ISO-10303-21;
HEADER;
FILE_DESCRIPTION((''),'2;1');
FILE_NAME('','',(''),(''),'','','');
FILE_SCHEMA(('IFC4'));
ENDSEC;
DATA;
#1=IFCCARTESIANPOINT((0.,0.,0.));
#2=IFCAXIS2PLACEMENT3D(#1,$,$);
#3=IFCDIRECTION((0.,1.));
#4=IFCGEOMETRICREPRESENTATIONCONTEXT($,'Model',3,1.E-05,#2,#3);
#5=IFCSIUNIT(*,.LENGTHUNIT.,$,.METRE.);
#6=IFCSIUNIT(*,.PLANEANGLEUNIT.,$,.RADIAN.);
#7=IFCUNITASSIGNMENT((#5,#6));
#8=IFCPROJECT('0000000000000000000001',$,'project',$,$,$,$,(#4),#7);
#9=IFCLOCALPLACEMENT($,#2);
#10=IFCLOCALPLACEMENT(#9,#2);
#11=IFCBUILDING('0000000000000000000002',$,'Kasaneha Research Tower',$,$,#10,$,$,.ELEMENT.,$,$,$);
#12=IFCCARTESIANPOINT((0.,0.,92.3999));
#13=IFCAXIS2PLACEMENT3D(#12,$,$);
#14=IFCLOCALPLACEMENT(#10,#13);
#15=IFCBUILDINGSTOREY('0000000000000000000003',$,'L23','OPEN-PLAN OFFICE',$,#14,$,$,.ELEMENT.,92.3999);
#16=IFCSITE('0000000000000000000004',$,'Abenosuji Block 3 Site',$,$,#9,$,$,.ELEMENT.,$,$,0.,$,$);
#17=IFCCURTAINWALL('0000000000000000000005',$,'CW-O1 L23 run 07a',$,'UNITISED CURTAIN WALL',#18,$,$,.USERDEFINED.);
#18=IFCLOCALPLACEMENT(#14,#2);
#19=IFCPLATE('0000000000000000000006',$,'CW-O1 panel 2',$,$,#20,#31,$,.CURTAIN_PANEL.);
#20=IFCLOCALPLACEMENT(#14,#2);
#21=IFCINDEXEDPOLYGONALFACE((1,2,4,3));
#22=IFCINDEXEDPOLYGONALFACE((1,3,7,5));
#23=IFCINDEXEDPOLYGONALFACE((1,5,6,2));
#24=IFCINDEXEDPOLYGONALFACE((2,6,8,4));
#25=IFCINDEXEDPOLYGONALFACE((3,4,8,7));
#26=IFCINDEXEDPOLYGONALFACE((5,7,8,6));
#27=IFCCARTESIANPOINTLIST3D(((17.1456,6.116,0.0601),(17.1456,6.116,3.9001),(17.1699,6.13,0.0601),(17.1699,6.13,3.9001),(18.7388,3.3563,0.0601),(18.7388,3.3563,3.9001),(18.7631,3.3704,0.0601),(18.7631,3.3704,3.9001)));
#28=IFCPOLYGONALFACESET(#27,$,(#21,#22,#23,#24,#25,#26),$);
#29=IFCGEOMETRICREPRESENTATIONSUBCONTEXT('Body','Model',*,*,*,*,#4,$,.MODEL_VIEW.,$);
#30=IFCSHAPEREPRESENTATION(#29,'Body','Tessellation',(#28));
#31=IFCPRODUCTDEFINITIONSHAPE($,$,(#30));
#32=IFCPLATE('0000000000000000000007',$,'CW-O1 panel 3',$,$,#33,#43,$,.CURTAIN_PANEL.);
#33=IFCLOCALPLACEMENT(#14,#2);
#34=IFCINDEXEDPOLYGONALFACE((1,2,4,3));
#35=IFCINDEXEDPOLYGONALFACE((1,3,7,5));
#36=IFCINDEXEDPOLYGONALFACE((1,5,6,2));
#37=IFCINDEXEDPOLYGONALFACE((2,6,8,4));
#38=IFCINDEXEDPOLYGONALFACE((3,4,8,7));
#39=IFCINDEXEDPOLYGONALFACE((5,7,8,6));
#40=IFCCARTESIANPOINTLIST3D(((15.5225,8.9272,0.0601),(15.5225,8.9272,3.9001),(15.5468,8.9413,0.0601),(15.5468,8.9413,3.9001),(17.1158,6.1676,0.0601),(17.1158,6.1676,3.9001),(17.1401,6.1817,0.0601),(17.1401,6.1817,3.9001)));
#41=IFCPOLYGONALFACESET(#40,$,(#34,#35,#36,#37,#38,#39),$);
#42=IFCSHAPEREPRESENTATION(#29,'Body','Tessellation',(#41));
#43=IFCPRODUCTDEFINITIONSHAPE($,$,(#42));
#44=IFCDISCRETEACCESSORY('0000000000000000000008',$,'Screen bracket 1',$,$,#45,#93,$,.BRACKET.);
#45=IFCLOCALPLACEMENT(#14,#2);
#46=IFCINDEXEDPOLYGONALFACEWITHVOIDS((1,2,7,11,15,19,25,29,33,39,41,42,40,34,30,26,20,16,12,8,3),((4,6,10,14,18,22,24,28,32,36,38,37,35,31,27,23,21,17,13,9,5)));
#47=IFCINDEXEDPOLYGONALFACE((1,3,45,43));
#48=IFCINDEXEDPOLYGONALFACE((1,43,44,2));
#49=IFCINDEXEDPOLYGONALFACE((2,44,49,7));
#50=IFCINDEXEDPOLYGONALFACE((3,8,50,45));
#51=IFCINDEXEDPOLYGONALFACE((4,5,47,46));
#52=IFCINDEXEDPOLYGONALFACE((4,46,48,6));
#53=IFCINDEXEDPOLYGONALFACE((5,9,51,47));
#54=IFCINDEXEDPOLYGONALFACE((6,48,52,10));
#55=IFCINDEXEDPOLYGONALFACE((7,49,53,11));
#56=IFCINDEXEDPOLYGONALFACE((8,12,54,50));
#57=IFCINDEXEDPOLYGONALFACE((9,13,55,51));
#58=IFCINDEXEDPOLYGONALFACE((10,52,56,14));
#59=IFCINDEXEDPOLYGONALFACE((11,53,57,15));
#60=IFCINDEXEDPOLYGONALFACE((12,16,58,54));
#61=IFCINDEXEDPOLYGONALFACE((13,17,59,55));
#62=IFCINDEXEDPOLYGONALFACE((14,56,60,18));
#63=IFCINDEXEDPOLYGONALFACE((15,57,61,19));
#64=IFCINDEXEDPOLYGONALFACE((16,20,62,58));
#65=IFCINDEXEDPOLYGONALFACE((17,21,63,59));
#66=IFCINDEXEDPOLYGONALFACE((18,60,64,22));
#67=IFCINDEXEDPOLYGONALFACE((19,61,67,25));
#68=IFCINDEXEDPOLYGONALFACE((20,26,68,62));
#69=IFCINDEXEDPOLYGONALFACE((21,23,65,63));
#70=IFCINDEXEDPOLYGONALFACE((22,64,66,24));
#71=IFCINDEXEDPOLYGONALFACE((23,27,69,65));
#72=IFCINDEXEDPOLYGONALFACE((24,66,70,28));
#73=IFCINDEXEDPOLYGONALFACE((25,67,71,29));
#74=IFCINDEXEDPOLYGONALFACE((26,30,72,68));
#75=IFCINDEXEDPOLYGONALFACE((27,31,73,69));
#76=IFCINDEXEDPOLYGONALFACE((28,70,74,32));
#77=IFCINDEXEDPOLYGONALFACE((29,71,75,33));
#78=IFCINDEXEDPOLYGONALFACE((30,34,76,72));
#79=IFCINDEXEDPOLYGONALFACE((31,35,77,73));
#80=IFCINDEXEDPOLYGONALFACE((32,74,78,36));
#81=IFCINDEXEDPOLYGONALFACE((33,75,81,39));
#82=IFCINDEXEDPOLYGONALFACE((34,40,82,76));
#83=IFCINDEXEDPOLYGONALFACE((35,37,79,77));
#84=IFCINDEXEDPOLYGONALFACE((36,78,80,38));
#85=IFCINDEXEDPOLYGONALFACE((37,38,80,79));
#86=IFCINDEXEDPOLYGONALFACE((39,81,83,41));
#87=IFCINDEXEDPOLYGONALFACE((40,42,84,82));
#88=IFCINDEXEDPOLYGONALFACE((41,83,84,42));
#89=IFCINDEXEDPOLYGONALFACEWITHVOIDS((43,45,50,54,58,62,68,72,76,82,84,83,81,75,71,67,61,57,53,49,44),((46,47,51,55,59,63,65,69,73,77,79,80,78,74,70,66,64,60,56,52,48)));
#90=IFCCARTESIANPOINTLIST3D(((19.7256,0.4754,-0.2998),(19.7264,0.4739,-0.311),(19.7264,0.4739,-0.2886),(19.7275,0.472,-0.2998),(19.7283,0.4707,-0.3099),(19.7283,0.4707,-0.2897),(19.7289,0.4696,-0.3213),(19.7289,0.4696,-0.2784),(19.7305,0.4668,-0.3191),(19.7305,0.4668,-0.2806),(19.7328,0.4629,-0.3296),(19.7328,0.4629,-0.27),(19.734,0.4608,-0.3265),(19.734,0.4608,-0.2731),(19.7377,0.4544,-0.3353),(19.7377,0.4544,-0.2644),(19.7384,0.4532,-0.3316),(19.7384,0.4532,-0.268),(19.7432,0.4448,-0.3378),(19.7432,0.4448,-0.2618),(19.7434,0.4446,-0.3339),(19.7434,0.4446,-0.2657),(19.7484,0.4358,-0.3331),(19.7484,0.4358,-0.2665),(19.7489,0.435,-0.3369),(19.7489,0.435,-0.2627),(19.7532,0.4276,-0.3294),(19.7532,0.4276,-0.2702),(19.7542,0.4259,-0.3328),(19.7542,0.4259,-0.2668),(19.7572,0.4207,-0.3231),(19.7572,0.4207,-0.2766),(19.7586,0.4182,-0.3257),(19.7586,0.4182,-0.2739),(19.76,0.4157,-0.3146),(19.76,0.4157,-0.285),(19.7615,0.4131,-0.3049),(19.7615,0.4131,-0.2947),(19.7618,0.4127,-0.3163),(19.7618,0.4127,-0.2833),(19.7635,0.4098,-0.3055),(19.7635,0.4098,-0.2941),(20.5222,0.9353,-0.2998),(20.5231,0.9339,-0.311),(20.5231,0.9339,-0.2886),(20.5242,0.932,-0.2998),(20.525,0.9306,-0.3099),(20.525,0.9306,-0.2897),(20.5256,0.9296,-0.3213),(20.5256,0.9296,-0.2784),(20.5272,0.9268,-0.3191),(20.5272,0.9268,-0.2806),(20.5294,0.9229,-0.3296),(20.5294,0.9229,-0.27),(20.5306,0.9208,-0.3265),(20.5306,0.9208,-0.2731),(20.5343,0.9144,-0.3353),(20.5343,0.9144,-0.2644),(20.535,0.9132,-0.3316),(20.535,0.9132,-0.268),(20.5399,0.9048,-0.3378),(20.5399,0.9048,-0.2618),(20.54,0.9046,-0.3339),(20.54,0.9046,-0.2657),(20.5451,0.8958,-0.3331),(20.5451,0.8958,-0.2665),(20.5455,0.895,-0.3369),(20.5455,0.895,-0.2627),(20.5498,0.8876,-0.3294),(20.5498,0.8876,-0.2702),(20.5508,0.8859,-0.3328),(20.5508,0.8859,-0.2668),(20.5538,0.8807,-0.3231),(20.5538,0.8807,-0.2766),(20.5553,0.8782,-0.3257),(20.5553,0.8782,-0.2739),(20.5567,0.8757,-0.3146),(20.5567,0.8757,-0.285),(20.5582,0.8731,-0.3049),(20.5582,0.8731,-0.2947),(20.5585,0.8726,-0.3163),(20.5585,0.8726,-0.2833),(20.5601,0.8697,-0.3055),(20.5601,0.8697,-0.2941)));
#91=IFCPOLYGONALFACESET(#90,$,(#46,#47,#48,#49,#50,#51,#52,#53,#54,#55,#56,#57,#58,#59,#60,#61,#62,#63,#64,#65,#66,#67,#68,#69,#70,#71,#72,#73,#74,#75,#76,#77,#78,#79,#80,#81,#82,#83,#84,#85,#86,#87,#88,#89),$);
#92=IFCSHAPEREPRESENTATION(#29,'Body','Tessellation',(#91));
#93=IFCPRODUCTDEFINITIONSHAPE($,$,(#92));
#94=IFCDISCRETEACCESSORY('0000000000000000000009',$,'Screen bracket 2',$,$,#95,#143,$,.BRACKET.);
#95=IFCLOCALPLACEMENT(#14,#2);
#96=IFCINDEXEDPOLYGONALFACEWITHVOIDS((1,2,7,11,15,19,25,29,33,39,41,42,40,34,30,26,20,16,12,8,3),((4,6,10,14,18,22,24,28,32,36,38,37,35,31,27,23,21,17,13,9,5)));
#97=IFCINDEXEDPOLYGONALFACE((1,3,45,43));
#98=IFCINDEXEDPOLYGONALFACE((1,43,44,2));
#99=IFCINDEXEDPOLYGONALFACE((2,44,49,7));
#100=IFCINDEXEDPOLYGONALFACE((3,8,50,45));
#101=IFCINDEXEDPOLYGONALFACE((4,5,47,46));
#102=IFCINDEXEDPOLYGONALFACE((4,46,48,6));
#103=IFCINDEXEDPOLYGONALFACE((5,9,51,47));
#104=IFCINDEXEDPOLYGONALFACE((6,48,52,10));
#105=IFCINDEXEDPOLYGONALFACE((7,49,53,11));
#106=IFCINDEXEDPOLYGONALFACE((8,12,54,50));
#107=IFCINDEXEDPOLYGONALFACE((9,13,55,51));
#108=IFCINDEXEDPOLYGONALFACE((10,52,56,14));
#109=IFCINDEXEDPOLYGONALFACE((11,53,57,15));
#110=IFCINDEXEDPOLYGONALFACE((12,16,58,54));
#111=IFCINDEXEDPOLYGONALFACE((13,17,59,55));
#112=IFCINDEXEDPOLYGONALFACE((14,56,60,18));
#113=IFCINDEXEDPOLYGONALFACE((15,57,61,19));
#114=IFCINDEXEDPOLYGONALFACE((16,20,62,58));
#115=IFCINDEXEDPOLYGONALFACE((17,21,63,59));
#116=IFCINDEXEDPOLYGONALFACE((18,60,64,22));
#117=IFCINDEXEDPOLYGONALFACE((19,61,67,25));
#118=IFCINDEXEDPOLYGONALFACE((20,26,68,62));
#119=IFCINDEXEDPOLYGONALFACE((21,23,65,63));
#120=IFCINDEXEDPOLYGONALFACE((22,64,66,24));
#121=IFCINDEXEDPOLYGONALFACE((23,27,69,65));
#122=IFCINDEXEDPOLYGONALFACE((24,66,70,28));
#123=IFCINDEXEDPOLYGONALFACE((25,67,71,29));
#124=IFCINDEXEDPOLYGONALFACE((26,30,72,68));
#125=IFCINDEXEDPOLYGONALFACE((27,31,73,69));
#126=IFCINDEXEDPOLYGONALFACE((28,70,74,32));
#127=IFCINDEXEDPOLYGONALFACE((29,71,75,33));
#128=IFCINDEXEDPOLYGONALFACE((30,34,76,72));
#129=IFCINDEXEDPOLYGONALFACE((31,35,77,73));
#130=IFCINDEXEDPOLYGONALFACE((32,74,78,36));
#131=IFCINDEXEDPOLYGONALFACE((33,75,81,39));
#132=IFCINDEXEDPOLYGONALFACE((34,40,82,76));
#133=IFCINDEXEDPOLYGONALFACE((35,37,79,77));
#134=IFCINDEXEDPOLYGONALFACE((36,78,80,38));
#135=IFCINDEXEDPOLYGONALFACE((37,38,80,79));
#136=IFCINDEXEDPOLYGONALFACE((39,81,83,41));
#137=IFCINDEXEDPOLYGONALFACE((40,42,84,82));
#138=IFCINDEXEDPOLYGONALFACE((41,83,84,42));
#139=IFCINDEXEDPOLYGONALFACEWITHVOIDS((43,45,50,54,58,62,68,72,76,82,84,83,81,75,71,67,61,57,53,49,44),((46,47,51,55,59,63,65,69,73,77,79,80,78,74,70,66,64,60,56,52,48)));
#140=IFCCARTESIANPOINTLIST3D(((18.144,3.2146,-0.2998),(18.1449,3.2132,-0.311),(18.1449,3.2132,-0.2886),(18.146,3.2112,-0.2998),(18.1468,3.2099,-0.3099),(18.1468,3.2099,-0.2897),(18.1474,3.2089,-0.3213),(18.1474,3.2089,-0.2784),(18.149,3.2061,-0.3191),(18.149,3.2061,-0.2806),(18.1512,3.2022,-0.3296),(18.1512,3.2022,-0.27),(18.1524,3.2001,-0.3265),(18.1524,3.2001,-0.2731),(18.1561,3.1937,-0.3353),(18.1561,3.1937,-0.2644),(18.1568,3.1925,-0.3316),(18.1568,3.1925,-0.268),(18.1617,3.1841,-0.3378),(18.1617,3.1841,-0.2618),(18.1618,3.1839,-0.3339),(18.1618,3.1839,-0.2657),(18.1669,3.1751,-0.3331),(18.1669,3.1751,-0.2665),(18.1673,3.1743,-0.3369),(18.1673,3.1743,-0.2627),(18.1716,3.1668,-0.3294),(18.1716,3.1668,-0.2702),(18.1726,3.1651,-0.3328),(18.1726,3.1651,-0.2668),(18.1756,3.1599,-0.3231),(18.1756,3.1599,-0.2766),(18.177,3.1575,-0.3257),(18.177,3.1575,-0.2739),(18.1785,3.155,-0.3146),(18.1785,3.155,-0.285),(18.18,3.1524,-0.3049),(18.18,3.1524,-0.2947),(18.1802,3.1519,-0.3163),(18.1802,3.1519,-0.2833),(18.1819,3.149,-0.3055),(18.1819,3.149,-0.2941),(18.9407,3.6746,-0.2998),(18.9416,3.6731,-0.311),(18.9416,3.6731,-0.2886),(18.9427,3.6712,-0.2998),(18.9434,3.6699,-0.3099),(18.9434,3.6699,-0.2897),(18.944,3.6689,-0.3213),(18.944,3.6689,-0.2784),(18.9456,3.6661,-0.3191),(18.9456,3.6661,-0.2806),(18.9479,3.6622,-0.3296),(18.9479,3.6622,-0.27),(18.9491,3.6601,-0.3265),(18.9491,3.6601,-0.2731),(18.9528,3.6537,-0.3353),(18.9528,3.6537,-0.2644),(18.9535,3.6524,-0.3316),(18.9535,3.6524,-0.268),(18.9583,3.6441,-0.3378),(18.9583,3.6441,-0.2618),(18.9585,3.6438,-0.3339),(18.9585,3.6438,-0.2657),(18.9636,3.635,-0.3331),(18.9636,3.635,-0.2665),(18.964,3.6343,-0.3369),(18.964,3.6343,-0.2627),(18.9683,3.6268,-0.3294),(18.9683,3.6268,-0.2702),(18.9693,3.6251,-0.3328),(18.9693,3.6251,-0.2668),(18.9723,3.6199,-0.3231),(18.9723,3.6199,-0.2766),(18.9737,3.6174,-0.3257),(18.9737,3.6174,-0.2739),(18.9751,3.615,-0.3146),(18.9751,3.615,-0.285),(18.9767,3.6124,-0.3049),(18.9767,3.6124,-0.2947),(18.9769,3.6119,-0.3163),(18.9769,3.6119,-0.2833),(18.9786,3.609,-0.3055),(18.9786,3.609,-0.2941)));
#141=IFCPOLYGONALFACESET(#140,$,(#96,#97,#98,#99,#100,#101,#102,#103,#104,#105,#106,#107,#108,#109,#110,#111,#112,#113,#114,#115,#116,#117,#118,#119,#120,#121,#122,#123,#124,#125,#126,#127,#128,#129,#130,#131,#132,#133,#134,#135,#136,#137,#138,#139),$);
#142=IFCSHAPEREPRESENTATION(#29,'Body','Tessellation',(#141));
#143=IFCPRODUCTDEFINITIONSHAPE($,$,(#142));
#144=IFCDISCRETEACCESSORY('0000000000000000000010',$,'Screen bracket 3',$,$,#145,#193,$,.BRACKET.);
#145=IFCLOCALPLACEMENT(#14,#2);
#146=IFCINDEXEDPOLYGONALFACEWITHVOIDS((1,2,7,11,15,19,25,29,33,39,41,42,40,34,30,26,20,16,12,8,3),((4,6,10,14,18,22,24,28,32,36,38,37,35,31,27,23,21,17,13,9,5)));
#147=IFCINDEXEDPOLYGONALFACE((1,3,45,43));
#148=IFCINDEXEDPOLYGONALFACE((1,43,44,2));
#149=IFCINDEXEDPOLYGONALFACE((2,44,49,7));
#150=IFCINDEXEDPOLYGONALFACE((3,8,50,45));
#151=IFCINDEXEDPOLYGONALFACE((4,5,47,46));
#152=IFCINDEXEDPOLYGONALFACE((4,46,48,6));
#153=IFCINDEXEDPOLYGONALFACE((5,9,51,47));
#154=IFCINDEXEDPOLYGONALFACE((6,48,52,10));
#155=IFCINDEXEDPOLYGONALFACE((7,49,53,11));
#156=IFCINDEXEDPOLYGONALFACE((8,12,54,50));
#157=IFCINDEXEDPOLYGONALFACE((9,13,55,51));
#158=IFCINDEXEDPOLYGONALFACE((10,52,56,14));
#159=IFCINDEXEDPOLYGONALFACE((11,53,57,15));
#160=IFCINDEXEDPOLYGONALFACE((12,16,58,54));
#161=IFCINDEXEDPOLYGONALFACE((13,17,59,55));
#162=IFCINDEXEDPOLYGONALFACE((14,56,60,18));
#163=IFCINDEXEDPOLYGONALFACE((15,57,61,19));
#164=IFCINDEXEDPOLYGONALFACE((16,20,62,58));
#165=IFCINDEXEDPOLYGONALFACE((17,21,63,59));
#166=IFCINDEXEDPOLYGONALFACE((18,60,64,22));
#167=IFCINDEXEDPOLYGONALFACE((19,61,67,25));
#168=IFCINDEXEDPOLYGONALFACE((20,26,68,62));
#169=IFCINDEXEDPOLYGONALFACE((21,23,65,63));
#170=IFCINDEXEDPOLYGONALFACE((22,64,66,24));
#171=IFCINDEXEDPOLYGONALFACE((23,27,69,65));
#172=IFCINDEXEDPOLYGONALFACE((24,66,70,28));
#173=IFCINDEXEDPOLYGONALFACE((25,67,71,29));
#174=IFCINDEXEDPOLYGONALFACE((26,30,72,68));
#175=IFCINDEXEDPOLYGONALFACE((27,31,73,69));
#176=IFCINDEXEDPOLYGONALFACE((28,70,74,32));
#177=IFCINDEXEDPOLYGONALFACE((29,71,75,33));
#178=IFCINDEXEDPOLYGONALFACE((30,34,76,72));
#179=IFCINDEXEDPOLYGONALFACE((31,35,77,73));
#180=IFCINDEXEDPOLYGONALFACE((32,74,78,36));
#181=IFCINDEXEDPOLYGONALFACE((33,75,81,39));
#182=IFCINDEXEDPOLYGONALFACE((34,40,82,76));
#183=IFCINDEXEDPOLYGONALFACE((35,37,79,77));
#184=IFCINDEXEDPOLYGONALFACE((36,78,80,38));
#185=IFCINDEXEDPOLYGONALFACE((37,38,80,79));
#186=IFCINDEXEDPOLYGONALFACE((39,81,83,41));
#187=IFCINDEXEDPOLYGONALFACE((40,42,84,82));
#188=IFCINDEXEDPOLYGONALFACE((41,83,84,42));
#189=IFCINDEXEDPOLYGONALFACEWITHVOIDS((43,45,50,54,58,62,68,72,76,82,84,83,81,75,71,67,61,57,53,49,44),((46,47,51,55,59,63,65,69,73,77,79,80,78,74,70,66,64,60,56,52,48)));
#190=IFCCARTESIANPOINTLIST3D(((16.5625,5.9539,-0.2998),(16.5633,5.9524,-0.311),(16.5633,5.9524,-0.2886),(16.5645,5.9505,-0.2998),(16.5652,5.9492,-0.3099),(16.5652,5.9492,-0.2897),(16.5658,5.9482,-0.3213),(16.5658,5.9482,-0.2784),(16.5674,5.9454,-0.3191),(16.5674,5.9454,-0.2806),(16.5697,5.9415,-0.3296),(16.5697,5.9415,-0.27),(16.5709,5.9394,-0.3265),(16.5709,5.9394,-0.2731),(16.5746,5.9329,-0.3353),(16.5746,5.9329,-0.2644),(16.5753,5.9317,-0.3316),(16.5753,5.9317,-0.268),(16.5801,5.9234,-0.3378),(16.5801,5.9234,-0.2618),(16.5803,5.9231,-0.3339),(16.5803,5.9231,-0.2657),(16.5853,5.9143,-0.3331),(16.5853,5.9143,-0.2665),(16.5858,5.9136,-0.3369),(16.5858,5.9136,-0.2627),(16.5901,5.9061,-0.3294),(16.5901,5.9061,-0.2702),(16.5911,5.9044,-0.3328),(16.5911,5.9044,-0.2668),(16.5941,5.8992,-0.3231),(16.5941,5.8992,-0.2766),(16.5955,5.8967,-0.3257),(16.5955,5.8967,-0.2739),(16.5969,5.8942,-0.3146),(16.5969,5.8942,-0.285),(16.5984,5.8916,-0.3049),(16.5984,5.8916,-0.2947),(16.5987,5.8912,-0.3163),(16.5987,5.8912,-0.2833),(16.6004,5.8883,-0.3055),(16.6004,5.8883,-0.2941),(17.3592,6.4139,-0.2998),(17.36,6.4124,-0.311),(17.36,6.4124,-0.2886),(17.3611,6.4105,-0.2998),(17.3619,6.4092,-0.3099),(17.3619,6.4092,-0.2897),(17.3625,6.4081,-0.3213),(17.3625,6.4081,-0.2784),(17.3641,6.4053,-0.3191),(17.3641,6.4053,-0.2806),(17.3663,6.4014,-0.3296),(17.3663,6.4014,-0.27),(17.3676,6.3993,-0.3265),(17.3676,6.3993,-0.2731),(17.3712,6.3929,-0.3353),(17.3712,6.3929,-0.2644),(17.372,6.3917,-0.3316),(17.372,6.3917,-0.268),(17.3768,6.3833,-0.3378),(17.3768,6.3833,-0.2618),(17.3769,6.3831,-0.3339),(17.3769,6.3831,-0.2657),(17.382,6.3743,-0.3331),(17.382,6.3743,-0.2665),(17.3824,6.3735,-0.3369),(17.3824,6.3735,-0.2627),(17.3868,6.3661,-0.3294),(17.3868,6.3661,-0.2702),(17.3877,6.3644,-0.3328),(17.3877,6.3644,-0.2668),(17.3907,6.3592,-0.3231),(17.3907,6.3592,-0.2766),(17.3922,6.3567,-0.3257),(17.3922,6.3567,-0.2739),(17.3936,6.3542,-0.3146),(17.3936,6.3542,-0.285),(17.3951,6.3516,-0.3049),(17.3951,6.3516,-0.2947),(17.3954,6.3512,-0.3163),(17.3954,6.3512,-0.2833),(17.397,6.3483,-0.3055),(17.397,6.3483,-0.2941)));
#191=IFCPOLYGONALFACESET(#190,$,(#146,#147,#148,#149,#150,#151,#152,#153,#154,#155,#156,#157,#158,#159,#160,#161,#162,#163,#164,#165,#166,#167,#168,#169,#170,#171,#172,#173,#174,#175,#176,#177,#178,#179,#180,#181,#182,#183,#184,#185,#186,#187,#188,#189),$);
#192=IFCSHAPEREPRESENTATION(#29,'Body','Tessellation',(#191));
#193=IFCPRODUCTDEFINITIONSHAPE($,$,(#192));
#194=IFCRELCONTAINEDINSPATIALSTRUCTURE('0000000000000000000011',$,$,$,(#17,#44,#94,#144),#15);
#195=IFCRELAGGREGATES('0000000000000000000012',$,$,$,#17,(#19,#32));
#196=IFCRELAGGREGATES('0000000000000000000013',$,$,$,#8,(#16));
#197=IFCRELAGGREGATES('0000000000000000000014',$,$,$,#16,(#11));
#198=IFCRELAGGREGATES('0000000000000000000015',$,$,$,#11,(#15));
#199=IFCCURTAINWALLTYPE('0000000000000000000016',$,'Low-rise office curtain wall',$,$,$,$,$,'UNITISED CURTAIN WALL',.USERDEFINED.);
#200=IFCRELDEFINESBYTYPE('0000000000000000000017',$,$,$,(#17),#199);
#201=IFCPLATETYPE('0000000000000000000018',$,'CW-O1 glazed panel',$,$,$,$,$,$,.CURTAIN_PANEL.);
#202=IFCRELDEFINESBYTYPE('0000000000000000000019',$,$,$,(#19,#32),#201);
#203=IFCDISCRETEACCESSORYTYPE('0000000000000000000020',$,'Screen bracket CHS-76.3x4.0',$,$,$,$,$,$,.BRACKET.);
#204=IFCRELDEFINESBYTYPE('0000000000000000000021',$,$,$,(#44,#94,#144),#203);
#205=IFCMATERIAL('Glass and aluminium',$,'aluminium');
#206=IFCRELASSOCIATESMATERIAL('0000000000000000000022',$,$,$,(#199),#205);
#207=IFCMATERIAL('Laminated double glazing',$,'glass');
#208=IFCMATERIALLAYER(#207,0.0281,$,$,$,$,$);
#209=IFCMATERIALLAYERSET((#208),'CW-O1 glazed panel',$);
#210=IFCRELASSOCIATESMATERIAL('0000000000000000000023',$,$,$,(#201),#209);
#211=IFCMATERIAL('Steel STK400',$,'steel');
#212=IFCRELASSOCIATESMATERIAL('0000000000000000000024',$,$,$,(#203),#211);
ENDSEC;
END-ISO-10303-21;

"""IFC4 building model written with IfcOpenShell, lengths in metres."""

from ifc_helpers import new_model, si_unit, direction, frame, origin, origin_2d, place, context, subcontext, project, spatial, rectangle, hollow_circle, extrude, material, layer, layer_set, material_profile, profile_set, type_object, element, aggregate, save


model = new_model("IFC4")

# Units and contexts
model_context = context("Model", 3, precision=1e-05, world=origin(), true_north=direction((0.0, 1.0)))
body_context = subcontext(model_context, "Body", "Model", "MODEL_VIEW")
ifc_project = project(units=[si_unit("LENGTHUNIT", "METRE"), si_unit("PLANEANGLEUNIT", "RADIAN")], contexts=[model_context])

# Site, building, storey
site_placement = place(None, origin())
site = spatial("IfcSite", under=ifc_project, at=site_placement, Name="Abenosuji Block 3 Site", CompositionType="ELEMENT", RefElevation=0.0)
building_placement = place(site_placement, origin())
building = spatial("IfcBuilding", under=site, at=building_placement, Name="Kasaneha Research Tower", CompositionType="ELEMENT")
storey_placement = place(building_placement, frame((0.0, 0.0, 92.3999)))
storey = spatial("IfcBuildingStorey", under=building, at=storey_placement, Name="L23", Description="OPEN-PLAN OFFICE", CompositionType="ELEMENT", Elevation=92.3999)

# Shared definitions
ifc_material_1 = material(Name="Glass and aluminium", Category="aluminium")
curtain_wall_type = type_object("IfcCurtainWallType", Name="Low-rise office curtain wall", ElementType="UNITISED CURTAIN WALL", PredefinedType="USERDEFINED", material=ifc_material_1)

# Curtain wall
curtain_wall_1_placement = place(storey_placement, origin())
curtain_wall_1 = element("IfcCurtainWall", 1, at=curtain_wall_1_placement, inside=storey, type_object=curtain_wall_type, Name="CW-O1 L23 run 07a", ObjectType="UNITISED CURTAIN WALL", PredefinedType="USERDEFINED")

# Plates
ifc_material_2 = material(Name="Laminated double glazing", Category="glass")
ifc_layer = layer(ifc_material_2, 0.0281)
ifc_layer_set = layer_set([ifc_layer], Name="CW-O1 glazed panel")
plate_type = type_object("IfcPlateType", Name="CW-O1 glazed panel", PredefinedType="CURTAIN_PANEL", material=ifc_layer_set)
plate_1_placement = place(storey_placement, frame((17.9543, 4.7432, 0.0601), z_axis=(0.0, 0.0, 1.0), x_axis=(-0.5, 0.866025, 0.0)))
plate_1 = element("IfcPlate", 2, at=plate_1_placement, type_object=plate_type, Name="CW-O1 panel 2", PredefinedType="CURTAIN_PANEL", context=body_context, shape_type="SweptSolid", body=[
    extrude(rectangle(XDim=3.1865, YDim=0.0281, at=origin_2d()), origin(), (0.0, 0.0, 1.0), 3.8401),
])
plate_2_placement = place(storey_placement, frame((16.3313, 7.5544, 0.0601), z_axis=(0.0, 0.0, 1.0), x_axis=(-0.5, 0.866025, 0.0)))
plate_2 = element("IfcPlate", 3, at=plate_2_placement, type_object=plate_type, Name="CW-O1 panel 3", PredefinedType="CURTAIN_PANEL", context=body_context, shape_type="SweptSolid", body=[
    extrude(rectangle(XDim=3.1865, YDim=0.0281, at=origin_2d()), origin(), (0.0, 0.0, 1.0), 3.8401),
])
aggregate(curtain_wall_1, [plate_1, plate_2])

# Discrete accessories
ifc_material_3 = material(Name="Steel STK400", Category="steel")
ifc_material_profile_1 = material_profile(ifc_material_3, hollow_circle(Radius=0.0381, WallThickness=0.0039, at=origin_2d()), Name="CHS-76.3x4.0")
ifc_profile_set_1 = profile_set([ifc_material_profile_1], Name="Steel STK400")
discrete_accessory_type = type_object("IfcDiscreteAccessoryType", Name="Screen bracket CHS-76.3x4.0", PredefinedType="BRACKET", material=ifc_profile_set_1)
for number, where, z_axis, x_axis, name in (
    (4, (19.7446, 0.4424, -0.2998), (0.866013, 0.500021, 0.0), (-0.500021, 0.866013, 0.0), "Screen bracket 1"),
    (5, (18.1631, 3.1816, -0.2998), (0.866013, 0.500021, 0.0), (-0.500021, 0.866013, 0.0), "Screen bracket 2"),
    (6, (16.5815, 5.9209, -0.2998), (0.866013, 0.500021, 0.0), (-0.500021, 0.866013, 0.0), "Screen bracket 3"),
):
    element("IfcDiscreteAccessory", number, at=place(storey_placement, frame(where, z_axis=z_axis, x_axis=x_axis)), inside=storey, type_object=discrete_accessory_type, Name=name, PredefinedType="BRACKET", context=body_context, shape_type="SweptSolid", body=[
        extrude(hollow_circle(Radius=0.0381, WallThickness=0.0039, at=origin_2d()), origin(), (0.0, 0.0, 1.0), 0.9199),
    ])

save(model, "model.ifc")
